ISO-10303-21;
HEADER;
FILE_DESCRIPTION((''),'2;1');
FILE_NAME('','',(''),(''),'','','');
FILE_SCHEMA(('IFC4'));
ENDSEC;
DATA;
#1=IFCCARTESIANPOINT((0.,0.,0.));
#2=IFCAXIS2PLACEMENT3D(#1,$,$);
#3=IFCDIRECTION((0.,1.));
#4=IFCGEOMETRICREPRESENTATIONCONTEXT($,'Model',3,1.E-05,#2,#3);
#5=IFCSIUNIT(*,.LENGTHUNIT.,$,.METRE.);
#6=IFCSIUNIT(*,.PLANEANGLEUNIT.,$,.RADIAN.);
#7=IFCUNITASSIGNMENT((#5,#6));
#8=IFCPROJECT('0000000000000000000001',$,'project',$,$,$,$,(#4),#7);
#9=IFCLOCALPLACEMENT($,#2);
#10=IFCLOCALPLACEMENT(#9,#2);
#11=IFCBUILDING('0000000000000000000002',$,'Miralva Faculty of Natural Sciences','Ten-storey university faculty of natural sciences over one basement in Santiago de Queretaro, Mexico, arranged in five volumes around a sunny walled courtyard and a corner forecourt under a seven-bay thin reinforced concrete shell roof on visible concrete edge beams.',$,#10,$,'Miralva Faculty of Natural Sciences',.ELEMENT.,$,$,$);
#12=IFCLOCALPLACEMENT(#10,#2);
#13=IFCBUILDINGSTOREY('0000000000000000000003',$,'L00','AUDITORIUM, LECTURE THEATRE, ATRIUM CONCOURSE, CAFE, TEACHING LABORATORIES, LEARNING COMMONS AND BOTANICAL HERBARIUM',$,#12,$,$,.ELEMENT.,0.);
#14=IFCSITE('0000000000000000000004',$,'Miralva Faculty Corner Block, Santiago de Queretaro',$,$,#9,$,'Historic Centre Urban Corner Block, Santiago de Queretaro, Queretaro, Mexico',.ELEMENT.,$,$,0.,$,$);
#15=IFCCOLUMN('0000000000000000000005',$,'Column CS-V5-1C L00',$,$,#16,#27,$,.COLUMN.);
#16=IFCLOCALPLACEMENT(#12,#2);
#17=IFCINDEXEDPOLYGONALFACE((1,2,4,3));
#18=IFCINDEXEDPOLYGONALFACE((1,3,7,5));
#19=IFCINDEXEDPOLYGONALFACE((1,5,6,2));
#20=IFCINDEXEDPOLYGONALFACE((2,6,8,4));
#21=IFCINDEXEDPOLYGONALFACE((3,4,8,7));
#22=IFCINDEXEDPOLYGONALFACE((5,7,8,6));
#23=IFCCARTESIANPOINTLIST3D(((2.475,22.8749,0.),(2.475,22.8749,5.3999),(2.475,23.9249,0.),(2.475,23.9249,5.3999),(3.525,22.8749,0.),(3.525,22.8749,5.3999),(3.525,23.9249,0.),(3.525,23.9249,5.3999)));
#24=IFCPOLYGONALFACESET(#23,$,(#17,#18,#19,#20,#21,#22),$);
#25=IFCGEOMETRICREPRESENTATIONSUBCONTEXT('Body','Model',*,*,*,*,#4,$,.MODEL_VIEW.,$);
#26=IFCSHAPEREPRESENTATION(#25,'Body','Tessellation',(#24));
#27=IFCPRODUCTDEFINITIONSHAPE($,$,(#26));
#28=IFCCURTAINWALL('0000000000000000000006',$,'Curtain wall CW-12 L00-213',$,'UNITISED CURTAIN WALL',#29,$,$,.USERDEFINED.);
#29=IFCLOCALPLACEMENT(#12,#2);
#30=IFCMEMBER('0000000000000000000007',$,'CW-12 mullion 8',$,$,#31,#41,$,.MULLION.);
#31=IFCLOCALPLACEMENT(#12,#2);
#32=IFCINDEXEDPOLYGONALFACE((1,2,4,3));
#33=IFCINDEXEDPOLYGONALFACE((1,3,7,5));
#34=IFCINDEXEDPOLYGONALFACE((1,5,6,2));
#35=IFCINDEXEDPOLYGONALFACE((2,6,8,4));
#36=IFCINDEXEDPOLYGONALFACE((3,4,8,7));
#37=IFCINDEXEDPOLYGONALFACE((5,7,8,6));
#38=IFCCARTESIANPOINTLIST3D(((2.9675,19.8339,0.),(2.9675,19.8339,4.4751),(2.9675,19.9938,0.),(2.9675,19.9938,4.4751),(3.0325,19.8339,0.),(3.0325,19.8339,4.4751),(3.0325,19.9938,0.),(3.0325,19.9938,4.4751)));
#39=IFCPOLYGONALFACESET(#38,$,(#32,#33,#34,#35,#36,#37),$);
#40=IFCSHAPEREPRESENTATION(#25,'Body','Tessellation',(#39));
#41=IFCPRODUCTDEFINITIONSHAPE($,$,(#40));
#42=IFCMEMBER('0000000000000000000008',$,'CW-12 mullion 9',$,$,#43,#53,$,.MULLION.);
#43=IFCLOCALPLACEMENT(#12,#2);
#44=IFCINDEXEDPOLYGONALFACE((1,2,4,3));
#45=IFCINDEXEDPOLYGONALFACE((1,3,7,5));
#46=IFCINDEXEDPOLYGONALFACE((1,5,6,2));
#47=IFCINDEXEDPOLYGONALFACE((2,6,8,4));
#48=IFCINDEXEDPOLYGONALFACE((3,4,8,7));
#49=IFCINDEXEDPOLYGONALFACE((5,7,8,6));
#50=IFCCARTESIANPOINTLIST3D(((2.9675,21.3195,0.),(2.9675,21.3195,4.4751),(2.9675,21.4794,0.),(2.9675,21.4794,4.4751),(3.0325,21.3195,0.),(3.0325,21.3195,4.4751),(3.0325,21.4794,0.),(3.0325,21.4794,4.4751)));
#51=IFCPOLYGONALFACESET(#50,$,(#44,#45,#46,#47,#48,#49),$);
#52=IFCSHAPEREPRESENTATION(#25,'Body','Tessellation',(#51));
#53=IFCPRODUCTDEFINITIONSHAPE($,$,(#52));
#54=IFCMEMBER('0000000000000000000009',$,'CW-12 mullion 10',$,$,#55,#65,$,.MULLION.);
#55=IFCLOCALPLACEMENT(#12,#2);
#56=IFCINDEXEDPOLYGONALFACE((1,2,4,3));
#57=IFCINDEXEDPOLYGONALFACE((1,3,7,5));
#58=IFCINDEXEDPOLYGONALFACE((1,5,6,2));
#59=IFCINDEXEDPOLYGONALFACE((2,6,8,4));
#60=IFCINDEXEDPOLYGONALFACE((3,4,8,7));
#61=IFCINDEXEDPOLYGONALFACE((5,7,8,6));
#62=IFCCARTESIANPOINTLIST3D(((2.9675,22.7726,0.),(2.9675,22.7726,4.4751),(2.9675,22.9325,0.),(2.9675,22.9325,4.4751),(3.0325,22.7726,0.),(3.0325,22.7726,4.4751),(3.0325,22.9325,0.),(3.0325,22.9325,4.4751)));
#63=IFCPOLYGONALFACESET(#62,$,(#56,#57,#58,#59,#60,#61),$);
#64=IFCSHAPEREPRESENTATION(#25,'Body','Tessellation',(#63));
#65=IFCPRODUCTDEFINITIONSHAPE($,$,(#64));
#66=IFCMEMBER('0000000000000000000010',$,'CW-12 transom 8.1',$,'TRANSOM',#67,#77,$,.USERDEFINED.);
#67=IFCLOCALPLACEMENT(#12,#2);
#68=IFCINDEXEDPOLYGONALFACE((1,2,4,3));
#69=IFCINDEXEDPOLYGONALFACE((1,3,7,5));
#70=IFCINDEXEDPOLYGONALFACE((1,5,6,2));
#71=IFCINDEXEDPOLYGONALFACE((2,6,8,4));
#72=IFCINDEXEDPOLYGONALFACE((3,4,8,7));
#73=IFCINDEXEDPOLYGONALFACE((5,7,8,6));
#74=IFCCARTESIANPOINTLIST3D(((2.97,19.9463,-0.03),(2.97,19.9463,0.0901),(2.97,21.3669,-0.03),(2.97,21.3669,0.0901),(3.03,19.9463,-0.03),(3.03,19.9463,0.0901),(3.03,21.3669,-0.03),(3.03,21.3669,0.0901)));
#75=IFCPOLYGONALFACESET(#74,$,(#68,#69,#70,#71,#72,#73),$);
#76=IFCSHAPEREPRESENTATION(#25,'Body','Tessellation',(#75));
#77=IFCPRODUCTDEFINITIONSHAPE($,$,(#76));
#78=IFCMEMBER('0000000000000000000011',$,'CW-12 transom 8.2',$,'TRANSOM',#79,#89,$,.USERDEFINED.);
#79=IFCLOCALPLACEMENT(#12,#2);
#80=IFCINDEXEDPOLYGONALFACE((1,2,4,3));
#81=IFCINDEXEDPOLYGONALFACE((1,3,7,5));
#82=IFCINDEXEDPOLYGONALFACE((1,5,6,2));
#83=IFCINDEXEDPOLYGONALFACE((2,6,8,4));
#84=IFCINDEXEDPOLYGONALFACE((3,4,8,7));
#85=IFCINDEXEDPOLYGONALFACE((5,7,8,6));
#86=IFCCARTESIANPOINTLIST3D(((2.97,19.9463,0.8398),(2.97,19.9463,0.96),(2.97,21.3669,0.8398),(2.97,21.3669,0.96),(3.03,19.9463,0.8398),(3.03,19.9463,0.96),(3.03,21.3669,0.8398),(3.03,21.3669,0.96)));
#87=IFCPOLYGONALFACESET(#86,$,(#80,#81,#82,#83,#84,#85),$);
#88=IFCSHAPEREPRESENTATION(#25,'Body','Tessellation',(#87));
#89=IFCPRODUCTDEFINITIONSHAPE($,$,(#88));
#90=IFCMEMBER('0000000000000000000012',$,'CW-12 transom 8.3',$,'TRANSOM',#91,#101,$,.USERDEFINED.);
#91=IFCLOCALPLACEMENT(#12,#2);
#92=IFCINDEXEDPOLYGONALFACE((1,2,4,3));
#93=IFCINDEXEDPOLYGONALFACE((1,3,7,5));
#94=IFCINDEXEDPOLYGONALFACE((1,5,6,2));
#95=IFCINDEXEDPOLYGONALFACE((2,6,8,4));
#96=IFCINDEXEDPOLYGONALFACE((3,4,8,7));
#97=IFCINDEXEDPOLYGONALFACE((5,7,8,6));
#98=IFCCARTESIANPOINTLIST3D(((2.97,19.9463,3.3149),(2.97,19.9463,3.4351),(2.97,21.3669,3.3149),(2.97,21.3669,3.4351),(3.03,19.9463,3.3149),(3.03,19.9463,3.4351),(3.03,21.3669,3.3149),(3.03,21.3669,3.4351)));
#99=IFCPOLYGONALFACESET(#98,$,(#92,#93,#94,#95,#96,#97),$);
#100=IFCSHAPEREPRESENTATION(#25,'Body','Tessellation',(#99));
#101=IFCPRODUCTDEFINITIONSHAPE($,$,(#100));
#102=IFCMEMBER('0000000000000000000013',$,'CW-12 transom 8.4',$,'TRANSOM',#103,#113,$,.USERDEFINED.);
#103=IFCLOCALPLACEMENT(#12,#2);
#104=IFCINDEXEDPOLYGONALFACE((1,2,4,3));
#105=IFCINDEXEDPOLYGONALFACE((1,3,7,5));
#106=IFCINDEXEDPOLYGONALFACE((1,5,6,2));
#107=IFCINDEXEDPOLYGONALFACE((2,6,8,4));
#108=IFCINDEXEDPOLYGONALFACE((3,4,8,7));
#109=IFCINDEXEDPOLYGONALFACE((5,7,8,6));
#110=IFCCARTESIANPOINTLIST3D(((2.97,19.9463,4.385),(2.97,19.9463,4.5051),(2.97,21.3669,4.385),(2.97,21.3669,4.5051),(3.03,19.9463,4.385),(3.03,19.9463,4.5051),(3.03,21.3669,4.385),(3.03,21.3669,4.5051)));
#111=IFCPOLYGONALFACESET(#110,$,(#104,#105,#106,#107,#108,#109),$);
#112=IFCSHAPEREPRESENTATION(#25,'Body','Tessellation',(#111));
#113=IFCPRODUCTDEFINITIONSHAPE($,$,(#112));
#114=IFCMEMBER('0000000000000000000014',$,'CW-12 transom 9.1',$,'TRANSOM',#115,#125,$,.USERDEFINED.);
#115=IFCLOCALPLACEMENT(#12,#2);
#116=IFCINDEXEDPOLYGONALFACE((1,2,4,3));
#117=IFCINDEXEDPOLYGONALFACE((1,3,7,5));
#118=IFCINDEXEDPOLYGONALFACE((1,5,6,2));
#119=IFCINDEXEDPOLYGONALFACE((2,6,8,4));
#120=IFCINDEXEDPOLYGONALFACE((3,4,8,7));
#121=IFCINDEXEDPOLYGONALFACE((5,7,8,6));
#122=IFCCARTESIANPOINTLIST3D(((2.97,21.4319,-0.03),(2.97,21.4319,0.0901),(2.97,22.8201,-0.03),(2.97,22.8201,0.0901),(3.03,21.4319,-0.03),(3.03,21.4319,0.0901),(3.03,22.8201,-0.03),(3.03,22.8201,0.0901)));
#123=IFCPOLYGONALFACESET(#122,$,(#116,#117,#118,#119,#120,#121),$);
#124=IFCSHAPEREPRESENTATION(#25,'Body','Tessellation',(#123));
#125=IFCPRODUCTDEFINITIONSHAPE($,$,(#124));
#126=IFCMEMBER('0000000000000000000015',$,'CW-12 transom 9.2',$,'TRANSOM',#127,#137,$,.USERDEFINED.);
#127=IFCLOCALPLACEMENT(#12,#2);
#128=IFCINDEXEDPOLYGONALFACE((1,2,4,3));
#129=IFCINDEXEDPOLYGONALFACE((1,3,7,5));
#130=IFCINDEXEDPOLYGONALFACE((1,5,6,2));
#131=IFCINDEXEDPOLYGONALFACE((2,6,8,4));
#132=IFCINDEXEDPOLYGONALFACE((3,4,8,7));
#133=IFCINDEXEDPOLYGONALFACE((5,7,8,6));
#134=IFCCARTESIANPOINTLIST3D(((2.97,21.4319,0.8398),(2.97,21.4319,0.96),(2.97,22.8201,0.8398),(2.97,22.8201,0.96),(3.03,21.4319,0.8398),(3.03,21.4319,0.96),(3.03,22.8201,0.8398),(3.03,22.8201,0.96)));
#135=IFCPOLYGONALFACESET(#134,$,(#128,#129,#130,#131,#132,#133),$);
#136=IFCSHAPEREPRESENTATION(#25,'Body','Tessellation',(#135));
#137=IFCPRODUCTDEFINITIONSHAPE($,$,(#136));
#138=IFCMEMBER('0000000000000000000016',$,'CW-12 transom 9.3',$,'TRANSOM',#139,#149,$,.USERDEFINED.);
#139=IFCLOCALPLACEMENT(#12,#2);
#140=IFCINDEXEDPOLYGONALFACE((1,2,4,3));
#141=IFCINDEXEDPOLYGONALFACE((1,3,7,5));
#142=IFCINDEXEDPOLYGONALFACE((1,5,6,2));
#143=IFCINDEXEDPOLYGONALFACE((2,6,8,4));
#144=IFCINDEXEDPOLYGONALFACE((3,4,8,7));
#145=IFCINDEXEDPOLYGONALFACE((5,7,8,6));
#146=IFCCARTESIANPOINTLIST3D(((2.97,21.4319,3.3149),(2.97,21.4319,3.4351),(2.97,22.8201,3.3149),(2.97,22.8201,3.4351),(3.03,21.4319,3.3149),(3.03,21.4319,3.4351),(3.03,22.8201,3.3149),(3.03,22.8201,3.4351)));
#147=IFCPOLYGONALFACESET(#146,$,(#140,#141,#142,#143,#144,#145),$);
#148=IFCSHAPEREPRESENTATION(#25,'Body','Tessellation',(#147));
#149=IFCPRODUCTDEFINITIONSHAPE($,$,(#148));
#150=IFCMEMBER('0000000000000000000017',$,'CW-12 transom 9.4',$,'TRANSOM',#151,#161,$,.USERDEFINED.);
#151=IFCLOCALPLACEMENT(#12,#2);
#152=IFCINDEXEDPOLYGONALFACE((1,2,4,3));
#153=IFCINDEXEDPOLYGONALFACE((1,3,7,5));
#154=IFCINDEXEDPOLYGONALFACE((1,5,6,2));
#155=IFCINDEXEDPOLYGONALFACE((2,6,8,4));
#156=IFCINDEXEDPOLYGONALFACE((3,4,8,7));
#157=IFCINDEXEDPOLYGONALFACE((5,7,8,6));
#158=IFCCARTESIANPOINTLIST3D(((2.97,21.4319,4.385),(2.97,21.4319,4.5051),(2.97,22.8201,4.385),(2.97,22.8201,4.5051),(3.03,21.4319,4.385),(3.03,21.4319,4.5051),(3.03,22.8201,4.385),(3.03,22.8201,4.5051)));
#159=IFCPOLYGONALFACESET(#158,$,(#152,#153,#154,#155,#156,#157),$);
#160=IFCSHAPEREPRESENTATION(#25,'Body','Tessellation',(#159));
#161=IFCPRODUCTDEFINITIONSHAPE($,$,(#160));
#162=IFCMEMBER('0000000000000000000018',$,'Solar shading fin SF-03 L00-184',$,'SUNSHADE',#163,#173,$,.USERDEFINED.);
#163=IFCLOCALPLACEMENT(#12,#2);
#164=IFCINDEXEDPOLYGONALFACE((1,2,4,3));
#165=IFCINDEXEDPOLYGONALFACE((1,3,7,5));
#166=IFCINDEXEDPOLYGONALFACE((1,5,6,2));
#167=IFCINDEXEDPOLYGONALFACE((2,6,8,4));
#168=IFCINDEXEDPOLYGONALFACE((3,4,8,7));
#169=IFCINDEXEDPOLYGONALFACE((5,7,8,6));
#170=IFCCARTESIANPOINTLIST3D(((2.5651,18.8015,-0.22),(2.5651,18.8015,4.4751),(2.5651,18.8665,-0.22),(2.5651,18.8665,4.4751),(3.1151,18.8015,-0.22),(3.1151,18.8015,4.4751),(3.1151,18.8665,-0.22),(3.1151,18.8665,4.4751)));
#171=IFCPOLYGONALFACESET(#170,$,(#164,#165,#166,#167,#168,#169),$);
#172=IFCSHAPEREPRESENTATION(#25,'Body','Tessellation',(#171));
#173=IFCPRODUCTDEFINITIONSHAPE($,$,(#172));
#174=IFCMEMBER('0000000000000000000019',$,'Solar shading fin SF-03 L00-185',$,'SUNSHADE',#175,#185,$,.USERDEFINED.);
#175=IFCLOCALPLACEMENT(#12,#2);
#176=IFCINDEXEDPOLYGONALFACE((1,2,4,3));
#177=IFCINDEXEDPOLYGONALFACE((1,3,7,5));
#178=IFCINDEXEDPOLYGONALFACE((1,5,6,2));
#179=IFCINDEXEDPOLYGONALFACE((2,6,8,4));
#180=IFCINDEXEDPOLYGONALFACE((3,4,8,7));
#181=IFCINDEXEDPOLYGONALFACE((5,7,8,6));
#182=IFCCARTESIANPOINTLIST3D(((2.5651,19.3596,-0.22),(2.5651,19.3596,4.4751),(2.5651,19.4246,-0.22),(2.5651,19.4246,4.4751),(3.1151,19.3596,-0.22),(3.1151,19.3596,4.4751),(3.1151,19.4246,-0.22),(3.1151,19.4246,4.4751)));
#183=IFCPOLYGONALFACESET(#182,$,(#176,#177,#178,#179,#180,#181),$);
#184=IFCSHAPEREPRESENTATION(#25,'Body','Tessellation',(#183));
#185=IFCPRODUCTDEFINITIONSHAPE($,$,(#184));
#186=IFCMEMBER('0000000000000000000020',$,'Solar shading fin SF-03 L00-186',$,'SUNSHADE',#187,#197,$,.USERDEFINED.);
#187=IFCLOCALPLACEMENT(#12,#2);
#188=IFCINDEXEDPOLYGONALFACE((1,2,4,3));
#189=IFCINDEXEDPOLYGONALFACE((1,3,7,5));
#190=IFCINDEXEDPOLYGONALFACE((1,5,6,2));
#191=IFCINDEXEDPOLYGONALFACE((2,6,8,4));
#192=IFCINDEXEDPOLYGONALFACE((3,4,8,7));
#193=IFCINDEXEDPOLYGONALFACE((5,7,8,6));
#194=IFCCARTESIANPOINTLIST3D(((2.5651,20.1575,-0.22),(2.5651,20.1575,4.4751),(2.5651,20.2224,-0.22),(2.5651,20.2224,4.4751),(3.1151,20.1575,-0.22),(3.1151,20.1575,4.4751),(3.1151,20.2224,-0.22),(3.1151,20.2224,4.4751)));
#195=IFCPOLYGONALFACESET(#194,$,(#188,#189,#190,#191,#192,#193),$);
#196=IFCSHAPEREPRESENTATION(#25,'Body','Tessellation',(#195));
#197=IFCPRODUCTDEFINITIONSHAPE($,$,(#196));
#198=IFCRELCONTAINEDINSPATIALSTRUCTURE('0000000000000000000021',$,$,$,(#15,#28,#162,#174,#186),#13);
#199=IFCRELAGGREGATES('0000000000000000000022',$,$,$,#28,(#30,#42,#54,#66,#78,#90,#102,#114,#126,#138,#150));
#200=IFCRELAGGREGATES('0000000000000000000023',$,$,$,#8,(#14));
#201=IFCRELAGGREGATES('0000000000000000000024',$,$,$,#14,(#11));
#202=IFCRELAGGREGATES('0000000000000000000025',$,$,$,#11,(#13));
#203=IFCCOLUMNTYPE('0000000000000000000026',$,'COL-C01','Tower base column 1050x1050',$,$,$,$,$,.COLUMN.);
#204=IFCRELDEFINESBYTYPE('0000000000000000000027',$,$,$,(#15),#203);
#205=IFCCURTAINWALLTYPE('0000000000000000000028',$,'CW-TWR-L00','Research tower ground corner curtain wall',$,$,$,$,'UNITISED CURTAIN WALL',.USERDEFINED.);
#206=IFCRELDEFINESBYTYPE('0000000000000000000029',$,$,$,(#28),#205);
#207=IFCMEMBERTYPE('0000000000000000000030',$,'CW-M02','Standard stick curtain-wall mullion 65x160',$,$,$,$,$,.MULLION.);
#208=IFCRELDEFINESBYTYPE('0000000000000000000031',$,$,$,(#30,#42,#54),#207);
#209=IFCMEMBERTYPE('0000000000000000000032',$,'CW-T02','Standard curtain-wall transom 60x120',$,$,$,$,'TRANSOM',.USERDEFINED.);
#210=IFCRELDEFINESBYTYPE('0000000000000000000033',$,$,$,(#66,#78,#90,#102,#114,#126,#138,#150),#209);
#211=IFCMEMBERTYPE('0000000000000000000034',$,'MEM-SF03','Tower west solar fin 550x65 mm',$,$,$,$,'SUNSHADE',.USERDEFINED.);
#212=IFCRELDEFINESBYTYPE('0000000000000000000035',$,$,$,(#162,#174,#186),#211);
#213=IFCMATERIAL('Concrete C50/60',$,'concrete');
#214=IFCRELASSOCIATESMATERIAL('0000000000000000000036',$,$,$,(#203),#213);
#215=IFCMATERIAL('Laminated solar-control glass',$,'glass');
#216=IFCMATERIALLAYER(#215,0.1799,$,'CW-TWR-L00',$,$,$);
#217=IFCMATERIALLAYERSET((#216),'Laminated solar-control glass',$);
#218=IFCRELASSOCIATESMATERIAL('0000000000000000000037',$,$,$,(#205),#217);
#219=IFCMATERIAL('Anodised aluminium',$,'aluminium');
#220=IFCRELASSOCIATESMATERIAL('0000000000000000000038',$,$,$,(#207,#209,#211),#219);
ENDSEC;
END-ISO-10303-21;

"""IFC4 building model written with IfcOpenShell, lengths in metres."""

from ifc_helpers import new_model, si_unit, direction, frame, origin, origin_2d, place, context, subcontext, project, spatial, rectangle, extrude, material, layer, layer_set, material_profile, profile_set, type_object, element, aggregate, save


model = new_model("IFC4")

# Units and contexts
model_context = context("Model", 3, precision=1e-05, world=origin(), true_north=direction((0.0, 1.0)))
body_context = subcontext(model_context, "Body", "Model", "MODEL_VIEW")
ifc_project = project(units=[si_unit("LENGTHUNIT", "METRE"), si_unit("PLANEANGLEUNIT", "RADIAN")], contexts=[model_context])

# Site, building, storey
site_placement = place(None, origin())
site = spatial("IfcSite", under=ifc_project, at=site_placement, Name="Miralva Faculty Corner Block, Santiago de Queretaro", LongName="Historic Centre Urban Corner Block, Santiago de Queretaro, Queretaro, Mexico", CompositionType="ELEMENT", RefElevation=0.0)
building_placement = place(site_placement, origin())
building = spatial("IfcBuilding", under=site, at=building_placement, Name="Miralva Faculty of Natural Sciences", Description="Ten-storey university faculty of natural sciences over one basement in Santiago de Queretaro, Mexico, arranged in five volumes around a sunny walled courtyard and a corner forecourt under a seven-bay thin reinforced concrete shell roof on visible concrete edge beams.", LongName="Miralva Faculty of Natural Sciences", CompositionType="ELEMENT")
storey_placement = place(building_placement, origin())
storey = spatial("IfcBuildingStorey", under=building, at=storey_placement, Name="L00", Description="AUDITORIUM, LECTURE THEATRE, ATRIUM CONCOURSE, CAFE, TEACHING LABORATORIES, LEARNING COMMONS AND BOTANICAL HERBARIUM", CompositionType="ELEMENT", Elevation=0.0)

# Column
ifc_material_1 = material(Name="Concrete C50/60", Category="concrete")
ifc_material_profile_1 = material_profile(ifc_material_1, rectangle(XDim=1.05, YDim=1.05, at=origin_2d()), Name="RC 1050x1050")
ifc_profile_set_1 = profile_set([ifc_material_profile_1], Name="Concrete C50/60")
column_type = type_object("IfcColumnType", Name="COL-C01", Description="Tower base column 1050x1050", PredefinedType="COLUMN", material=ifc_profile_set_1)
column_placement = place(storey_placement, frame((3.0, 23.3999, 0.0), z_axis=(0.0, 0.0, 1.0), x_axis=(1.0, 0.0, 0.0)))
element("IfcColumn", 1, at=column_placement, inside=storey, type_object=column_type, Name="Column CS-V5-1C L00", PredefinedType="COLUMN", context=body_context, shape_type="SweptSolid", body=[
    extrude(rectangle(XDim=1.05, YDim=1.05, at=origin_2d()), origin(), (0.0, 0.0, 1.0), 5.3999),
])

# Curtain wall, members
ifc_material_2 = material(Name="Laminated solar-control glass", Category="glass")
ifc_layer_1 = layer(ifc_material_2, 0.1799, Name="CW-TWR-L00")
ifc_layer_set_1 = layer_set([ifc_layer_1], Name="Laminated solar-control glass")
curtain_wall_type = type_object("IfcCurtainWallType", Name="CW-TWR-L00", Description="Research tower ground corner curtain wall", ElementType="UNITISED CURTAIN WALL", PredefinedType="USERDEFINED", material=ifc_layer_set_1)
curtain_wall_placement = place(storey_placement, origin())
curtain_wall = element("IfcCurtainWall", 2, at=curtain_wall_placement, inside=storey, type_object=curtain_wall_type, Name="Curtain wall CW-12 L00-213", ObjectType="UNITISED CURTAIN WALL", PredefinedType="USERDEFINED")
ifc_material_3 = material(Name="Anodised aluminium", Category="aluminium")
ifc_material_profile_2 = material_profile(ifc_material_3, rectangle(XDim=0.0649, YDim=0.1599, at=origin_2d()), Name="MULLION 65x160")
ifc_profile_set_2 = profile_set([ifc_material_profile_2], Name="Anodised aluminium")
member_type_1 = type_object("IfcMemberType", Name="CW-M02", Description="Standard stick curtain-wall mullion 65x160", PredefinedType="MULLION", material=ifc_profile_set_2)
member_1_placement = place(storey_placement, frame((3.0, 19.9138, 0.0), z_axis=(0.0, 0.0, 1.0), x_axis=(-1.0, 0.0, 0.0)))
member_1 = element("IfcMember", 3, at=member_1_placement, type_object=member_type_1, Name="CW-12 mullion 8", PredefinedType="MULLION", context=body_context, shape_type="SweptSolid", body=[
    extrude(rectangle(XDim=0.0649, YDim=0.1599, at=origin_2d()), origin(), (0.0, 0.0, 1.0), 4.4751),
])
member_2_placement = place(storey_placement, frame((3.0, 21.3994, 0.0), z_axis=(0.0, 0.0, 1.0), x_axis=(-1.0, 0.0, 0.0)))
member_2 = element("IfcMember", 4, at=member_2_placement, type_object=member_type_1, Name="CW-12 mullion 9", PredefinedType="MULLION", context=body_context, shape_type="SweptSolid", body=[
    extrude(rectangle(XDim=0.0649, YDim=0.1599, at=origin_2d()), origin(), (0.0, 0.0, 1.0), 4.4751),
])
member_3_placement = place(storey_placement, frame((3.0, 22.8525, 0.0), z_axis=(0.0, 0.0, 1.0), x_axis=(-1.0, 0.0, 0.0)))
member_3 = element("IfcMember", 5, at=member_3_placement, type_object=member_type_1, Name="CW-12 mullion 10", PredefinedType="MULLION", context=body_context, shape_type="SweptSolid", body=[
    extrude(rectangle(XDim=0.0649, YDim=0.1599, at=origin_2d()), origin(), (0.0, 0.0, 1.0), 4.4751),
])
ifc_material_profile_3 = material_profile(ifc_material_3, rectangle(XDim=0.0601, YDim=0.1201, at=origin_2d()), Name="TRANSOM 60x120")
ifc_profile_set_3 = profile_set([ifc_material_profile_3], Name="Anodised aluminium")
member_type_2 = type_object("IfcMemberType", Name="CW-T02", Description="Standard curtain-wall transom 60x120", ElementType="TRANSOM", PredefinedType="USERDEFINED", material=ifc_profile_set_3)
member_4_placement = place(storey_placement, frame((3.0, 19.9463, 0.03), z_axis=(0.0, 1.0, 0.0), x_axis=(-1.0, 0.0, 0.0)))
member_4 = element("IfcMember", 6, at=member_4_placement, type_object=member_type_2, Name="CW-12 transom 8.1", ObjectType="TRANSOM", PredefinedType="USERDEFINED", context=body_context, shape_type="SweptSolid", body=[
    extrude(rectangle(XDim=0.0601, YDim=0.1201, at=origin_2d()), origin(), (0.0, 0.0, 1.0), 1.4207),
])
member_5_placement = place(storey_placement, frame((3.0, 19.9463, 0.8999), z_axis=(0.0, 1.0, 0.0), x_axis=(-1.0, 0.0, 0.0)))
member_5 = element("IfcMember", 7, at=member_5_placement, type_object=member_type_2, Name="CW-12 transom 8.2", ObjectType="TRANSOM", PredefinedType="USERDEFINED", context=body_context, shape_type="SweptSolid", body=[
    extrude(rectangle(XDim=0.0601, YDim=0.1201, at=origin_2d()), origin(), (0.0, 0.0, 1.0), 1.4207),
])
member_6_placement = place(storey_placement, frame((3.0, 19.9463, 3.375), z_axis=(0.0, 1.0, 0.0), x_axis=(-1.0, 0.0, 0.0)))
member_6 = element("IfcMember", 8, at=member_6_placement, type_object=member_type_2, Name="CW-12 transom 8.3", ObjectType="TRANSOM", PredefinedType="USERDEFINED", context=body_context, shape_type="SweptSolid", body=[
    extrude(rectangle(XDim=0.0601, YDim=0.1201, at=origin_2d()), origin(), (0.0, 0.0, 1.0), 1.4207),
])
member_7_placement = place(storey_placement, frame((3.0, 19.9463, 4.4451), z_axis=(0.0, 1.0, 0.0), x_axis=(-1.0, 0.0, 0.0)))
member_7 = element("IfcMember", 9, at=member_7_placement, type_object=member_type_2, Name="CW-12 transom 8.4", ObjectType="TRANSOM", PredefinedType="USERDEFINED", context=body_context, shape_type="SweptSolid", body=[
    extrude(rectangle(XDim=0.0601, YDim=0.1201, at=origin_2d()), origin(), (0.0, 0.0, 1.0), 1.4207),
])
member_8_placement = place(storey_placement, frame((3.0, 21.4319, 0.03), z_axis=(0.0, 1.0, 0.0), x_axis=(-1.0, 0.0, 0.0)))
member_8 = element("IfcMember", 10, at=member_8_placement, type_object=member_type_2, Name="CW-12 transom 9.1", ObjectType="TRANSOM", PredefinedType="USERDEFINED", context=body_context, shape_type="SweptSolid", body=[
    extrude(rectangle(XDim=0.0601, YDim=0.1201, at=origin_2d()), origin(), (0.0, 0.0, 1.0), 1.3882),
])
member_9_placement = place(storey_placement, frame((3.0, 21.4319, 0.8999), z_axis=(0.0, 1.0, 0.0), x_axis=(-1.0, 0.0, 0.0)))
member_9 = element("IfcMember", 11, at=member_9_placement, type_object=member_type_2, Name="CW-12 transom 9.2", ObjectType="TRANSOM", PredefinedType="USERDEFINED", context=body_context, shape_type="SweptSolid", body=[
    extrude(rectangle(XDim=0.0601, YDim=0.1201, at=origin_2d()), origin(), (0.0, 0.0, 1.0), 1.3882),
])
member_10_placement = place(storey_placement, frame((3.0, 21.4319, 3.375), z_axis=(0.0, 1.0, 0.0), x_axis=(-1.0, 0.0, 0.0)))
member_10 = element("IfcMember", 12, at=member_10_placement, type_object=member_type_2, Name="CW-12 transom 9.3", ObjectType="TRANSOM", PredefinedType="USERDEFINED", context=body_context, shape_type="SweptSolid", body=[
    extrude(rectangle(XDim=0.0601, YDim=0.1201, at=origin_2d()), origin(), (0.0, 0.0, 1.0), 1.3882),
])
member_11_placement = place(storey_placement, frame((3.0, 21.4319, 4.4451), z_axis=(0.0, 1.0, 0.0), x_axis=(-1.0, 0.0, 0.0)))
member_11 = element("IfcMember", 13, at=member_11_placement, type_object=member_type_2, Name="CW-12 transom 9.4", ObjectType="TRANSOM", PredefinedType="USERDEFINED", context=body_context, shape_type="SweptSolid", body=[
    extrude(rectangle(XDim=0.0601, YDim=0.1201, at=origin_2d()), origin(), (0.0, 0.0, 1.0), 1.3882),
])

# Members
ifc_material_profile_4 = material_profile(ifc_material_3, rectangle(XDim=0.0649, YDim=0.55, at=origin_2d()), Name="FIN 550x65")
ifc_profile_set_4 = profile_set([ifc_material_profile_4], Name="Anodised aluminium")
member_type_3 = type_object("IfcMemberType", Name="MEM-SF03", Description="Tower west solar fin 550x65 mm", ElementType="SUNSHADE", PredefinedType="USERDEFINED", material=ifc_profile_set_4)
for number, where, z_axis, x_axis, name in (
    (14, (2.8401, 18.834, -0.22), (0.0, 0.0, 1.0), (0.0, -1.0, 0.0), "Solar shading fin SF-03 L00-184"),
    (15, (2.8401, 19.3921, -0.22), (0.0, 0.0, 1.0), (0.0, -1.0, 0.0), "Solar shading fin SF-03 L00-185"),
    (16, (2.8401, 20.1899, -0.22), (0.0, 0.0, 1.0), (0.0, -1.0, 0.0), "Solar shading fin SF-03 L00-186"),
):
    element("IfcMember", number, at=place(storey_placement, frame(where, z_axis=z_axis, x_axis=x_axis)), inside=storey, type_object=member_type_3, Name=name, ObjectType="SUNSHADE", PredefinedType="USERDEFINED", context=body_context, shape_type="SweptSolid", body=[
        extrude(rectangle(XDim=0.0649, YDim=0.55, at=origin_2d()), origin(), (0.0, 0.0, 1.0), 4.6951),
    ])

aggregate(curtain_wall, [member_1, member_2, member_3, member_4, member_5, member_6, member_7, member_8, member_9, member_10, member_11])

save(model, "model.ifc")
